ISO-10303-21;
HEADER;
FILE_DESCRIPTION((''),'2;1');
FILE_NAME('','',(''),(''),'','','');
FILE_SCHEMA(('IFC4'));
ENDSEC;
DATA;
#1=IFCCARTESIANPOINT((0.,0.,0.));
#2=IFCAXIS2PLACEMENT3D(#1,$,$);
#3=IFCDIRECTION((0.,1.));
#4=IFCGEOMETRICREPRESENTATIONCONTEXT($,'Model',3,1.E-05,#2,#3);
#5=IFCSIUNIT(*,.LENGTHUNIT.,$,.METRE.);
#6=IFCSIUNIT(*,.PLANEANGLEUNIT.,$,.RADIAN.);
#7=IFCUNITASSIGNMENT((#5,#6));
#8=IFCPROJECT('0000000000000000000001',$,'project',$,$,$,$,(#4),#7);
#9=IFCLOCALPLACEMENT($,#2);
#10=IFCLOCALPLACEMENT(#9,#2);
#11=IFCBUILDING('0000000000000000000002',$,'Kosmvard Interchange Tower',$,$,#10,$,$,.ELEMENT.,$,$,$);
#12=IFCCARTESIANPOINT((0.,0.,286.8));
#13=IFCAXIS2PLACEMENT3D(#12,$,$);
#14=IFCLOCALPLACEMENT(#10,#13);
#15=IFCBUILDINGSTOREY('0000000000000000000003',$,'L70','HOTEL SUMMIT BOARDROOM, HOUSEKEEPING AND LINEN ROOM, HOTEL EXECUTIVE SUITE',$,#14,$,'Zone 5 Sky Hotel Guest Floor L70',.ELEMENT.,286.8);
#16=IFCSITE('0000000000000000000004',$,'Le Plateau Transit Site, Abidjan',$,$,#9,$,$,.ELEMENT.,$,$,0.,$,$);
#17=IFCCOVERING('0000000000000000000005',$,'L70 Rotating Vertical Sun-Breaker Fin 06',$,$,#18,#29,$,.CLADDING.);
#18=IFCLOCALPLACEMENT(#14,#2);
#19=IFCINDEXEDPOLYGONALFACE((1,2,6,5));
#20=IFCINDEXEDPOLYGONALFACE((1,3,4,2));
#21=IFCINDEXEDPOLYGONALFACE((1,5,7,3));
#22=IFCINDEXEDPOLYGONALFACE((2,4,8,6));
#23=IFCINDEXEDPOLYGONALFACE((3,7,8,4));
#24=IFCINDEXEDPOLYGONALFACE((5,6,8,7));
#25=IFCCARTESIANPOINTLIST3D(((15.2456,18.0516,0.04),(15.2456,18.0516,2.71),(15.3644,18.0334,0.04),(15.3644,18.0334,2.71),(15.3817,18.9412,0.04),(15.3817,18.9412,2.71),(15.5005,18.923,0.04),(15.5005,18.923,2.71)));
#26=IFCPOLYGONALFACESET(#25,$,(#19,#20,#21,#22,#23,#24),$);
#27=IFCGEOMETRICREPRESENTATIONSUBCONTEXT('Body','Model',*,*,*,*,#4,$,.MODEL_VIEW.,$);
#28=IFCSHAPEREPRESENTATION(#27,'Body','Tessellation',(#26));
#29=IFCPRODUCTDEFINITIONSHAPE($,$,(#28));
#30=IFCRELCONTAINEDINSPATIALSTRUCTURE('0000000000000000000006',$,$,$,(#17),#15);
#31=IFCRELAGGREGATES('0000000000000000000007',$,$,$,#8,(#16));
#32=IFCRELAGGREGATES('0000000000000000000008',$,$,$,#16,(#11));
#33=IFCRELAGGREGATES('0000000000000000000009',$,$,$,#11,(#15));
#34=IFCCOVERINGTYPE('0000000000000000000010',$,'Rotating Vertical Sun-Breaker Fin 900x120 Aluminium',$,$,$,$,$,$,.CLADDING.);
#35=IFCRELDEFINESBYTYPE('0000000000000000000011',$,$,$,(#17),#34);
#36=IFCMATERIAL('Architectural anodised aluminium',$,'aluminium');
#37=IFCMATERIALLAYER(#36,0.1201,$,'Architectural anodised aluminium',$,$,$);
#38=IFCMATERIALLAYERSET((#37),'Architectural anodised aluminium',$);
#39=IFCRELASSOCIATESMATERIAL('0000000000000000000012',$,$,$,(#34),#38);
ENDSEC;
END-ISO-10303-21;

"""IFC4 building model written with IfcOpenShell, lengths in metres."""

from ifc_helpers import new_model, si_unit, direction, frame, origin, origin_2d, place, context, subcontext, project, spatial, rectangle, extrude, source, transform, mapped, material, layer, layer_set, type_object, element, save


model = new_model("IFC4")

# Units and contexts
model_context = context("Model", 3, precision=1e-05, world=origin(), true_north=direction((0.0, 1.0)))
body_context = subcontext(model_context, "Body", "Model", "MODEL_VIEW")
ifc_project = project(units=[si_unit("LENGTHUNIT", "METRE"), si_unit("PLANEANGLEUNIT", "RADIAN")], contexts=[model_context])

# Site, building, storey
site_placement = place(None, origin())
site = spatial("IfcSite", under=ifc_project, at=site_placement, Name="Le Plateau Transit Site, Abidjan", CompositionType="ELEMENT", RefElevation=0.0)
building_placement = place(site_placement, origin())
building = spatial("IfcBuilding", under=site, at=building_placement, Name="Kosmvard Interchange Tower", CompositionType="ELEMENT")
storey_placement = place(building_placement, frame((0.0, 0.0, 286.8)))
storey = spatial("IfcBuildingStorey", under=building, at=storey_placement, Name="L70", Description="HOTEL SUMMIT BOARDROOM, HOUSEKEEPING AND LINEN ROOM, HOTEL EXECUTIVE SUITE", LongName="Zone 5 Sky Hotel Guest Floor L70", CompositionType="ELEMENT", Elevation=286.8)

# Covering
ifc_material_1 = material(Name="Architectural anodised aluminium", Category="aluminium")
ifc_layer_1 = layer(ifc_material_1, 0.1201, Name="Architectural anodised aluminium")
ifc_layer_set_1 = layer_set([ifc_layer_1], Name="Architectural anodised aluminium")
covering_type = type_object("IfcCoveringType", Name="Rotating Vertical Sun-Breaker Fin 900x120 Aluminium", PredefinedType="CLADDING", material=ifc_layer_set_1)
shared_shape_1 = source(origin(), body_context, "Body", "SweptSolid", [
    extrude(rectangle(XDim=0.8999, YDim=0.1201, at=origin_2d()), origin(), (0.0, 0.0, 1.0), 2.6699),
])
for number, where, z_axis, x_axis, name in (
    (1, (15.373, 18.4873, 0.04), (0.0, 0.0, 1.0), (0.151261, 0.988494, 0.0), "L70 Rotating Vertical Sun-Breaker Fin 06"),
):
    element("IfcCovering", number, at=place(storey_placement, frame(where, z_axis=z_axis, x_axis=x_axis)), inside=storey, type_object=covering_type, Name=name, PredefinedType="CLADDING", context=body_context, shape_type="MappedRepresentation", body=[
        mapped(shared_shape_1, transform((0.0, 0.0, 0.0), scale=1.0)),
    ])

save(model, "model.ifc")
